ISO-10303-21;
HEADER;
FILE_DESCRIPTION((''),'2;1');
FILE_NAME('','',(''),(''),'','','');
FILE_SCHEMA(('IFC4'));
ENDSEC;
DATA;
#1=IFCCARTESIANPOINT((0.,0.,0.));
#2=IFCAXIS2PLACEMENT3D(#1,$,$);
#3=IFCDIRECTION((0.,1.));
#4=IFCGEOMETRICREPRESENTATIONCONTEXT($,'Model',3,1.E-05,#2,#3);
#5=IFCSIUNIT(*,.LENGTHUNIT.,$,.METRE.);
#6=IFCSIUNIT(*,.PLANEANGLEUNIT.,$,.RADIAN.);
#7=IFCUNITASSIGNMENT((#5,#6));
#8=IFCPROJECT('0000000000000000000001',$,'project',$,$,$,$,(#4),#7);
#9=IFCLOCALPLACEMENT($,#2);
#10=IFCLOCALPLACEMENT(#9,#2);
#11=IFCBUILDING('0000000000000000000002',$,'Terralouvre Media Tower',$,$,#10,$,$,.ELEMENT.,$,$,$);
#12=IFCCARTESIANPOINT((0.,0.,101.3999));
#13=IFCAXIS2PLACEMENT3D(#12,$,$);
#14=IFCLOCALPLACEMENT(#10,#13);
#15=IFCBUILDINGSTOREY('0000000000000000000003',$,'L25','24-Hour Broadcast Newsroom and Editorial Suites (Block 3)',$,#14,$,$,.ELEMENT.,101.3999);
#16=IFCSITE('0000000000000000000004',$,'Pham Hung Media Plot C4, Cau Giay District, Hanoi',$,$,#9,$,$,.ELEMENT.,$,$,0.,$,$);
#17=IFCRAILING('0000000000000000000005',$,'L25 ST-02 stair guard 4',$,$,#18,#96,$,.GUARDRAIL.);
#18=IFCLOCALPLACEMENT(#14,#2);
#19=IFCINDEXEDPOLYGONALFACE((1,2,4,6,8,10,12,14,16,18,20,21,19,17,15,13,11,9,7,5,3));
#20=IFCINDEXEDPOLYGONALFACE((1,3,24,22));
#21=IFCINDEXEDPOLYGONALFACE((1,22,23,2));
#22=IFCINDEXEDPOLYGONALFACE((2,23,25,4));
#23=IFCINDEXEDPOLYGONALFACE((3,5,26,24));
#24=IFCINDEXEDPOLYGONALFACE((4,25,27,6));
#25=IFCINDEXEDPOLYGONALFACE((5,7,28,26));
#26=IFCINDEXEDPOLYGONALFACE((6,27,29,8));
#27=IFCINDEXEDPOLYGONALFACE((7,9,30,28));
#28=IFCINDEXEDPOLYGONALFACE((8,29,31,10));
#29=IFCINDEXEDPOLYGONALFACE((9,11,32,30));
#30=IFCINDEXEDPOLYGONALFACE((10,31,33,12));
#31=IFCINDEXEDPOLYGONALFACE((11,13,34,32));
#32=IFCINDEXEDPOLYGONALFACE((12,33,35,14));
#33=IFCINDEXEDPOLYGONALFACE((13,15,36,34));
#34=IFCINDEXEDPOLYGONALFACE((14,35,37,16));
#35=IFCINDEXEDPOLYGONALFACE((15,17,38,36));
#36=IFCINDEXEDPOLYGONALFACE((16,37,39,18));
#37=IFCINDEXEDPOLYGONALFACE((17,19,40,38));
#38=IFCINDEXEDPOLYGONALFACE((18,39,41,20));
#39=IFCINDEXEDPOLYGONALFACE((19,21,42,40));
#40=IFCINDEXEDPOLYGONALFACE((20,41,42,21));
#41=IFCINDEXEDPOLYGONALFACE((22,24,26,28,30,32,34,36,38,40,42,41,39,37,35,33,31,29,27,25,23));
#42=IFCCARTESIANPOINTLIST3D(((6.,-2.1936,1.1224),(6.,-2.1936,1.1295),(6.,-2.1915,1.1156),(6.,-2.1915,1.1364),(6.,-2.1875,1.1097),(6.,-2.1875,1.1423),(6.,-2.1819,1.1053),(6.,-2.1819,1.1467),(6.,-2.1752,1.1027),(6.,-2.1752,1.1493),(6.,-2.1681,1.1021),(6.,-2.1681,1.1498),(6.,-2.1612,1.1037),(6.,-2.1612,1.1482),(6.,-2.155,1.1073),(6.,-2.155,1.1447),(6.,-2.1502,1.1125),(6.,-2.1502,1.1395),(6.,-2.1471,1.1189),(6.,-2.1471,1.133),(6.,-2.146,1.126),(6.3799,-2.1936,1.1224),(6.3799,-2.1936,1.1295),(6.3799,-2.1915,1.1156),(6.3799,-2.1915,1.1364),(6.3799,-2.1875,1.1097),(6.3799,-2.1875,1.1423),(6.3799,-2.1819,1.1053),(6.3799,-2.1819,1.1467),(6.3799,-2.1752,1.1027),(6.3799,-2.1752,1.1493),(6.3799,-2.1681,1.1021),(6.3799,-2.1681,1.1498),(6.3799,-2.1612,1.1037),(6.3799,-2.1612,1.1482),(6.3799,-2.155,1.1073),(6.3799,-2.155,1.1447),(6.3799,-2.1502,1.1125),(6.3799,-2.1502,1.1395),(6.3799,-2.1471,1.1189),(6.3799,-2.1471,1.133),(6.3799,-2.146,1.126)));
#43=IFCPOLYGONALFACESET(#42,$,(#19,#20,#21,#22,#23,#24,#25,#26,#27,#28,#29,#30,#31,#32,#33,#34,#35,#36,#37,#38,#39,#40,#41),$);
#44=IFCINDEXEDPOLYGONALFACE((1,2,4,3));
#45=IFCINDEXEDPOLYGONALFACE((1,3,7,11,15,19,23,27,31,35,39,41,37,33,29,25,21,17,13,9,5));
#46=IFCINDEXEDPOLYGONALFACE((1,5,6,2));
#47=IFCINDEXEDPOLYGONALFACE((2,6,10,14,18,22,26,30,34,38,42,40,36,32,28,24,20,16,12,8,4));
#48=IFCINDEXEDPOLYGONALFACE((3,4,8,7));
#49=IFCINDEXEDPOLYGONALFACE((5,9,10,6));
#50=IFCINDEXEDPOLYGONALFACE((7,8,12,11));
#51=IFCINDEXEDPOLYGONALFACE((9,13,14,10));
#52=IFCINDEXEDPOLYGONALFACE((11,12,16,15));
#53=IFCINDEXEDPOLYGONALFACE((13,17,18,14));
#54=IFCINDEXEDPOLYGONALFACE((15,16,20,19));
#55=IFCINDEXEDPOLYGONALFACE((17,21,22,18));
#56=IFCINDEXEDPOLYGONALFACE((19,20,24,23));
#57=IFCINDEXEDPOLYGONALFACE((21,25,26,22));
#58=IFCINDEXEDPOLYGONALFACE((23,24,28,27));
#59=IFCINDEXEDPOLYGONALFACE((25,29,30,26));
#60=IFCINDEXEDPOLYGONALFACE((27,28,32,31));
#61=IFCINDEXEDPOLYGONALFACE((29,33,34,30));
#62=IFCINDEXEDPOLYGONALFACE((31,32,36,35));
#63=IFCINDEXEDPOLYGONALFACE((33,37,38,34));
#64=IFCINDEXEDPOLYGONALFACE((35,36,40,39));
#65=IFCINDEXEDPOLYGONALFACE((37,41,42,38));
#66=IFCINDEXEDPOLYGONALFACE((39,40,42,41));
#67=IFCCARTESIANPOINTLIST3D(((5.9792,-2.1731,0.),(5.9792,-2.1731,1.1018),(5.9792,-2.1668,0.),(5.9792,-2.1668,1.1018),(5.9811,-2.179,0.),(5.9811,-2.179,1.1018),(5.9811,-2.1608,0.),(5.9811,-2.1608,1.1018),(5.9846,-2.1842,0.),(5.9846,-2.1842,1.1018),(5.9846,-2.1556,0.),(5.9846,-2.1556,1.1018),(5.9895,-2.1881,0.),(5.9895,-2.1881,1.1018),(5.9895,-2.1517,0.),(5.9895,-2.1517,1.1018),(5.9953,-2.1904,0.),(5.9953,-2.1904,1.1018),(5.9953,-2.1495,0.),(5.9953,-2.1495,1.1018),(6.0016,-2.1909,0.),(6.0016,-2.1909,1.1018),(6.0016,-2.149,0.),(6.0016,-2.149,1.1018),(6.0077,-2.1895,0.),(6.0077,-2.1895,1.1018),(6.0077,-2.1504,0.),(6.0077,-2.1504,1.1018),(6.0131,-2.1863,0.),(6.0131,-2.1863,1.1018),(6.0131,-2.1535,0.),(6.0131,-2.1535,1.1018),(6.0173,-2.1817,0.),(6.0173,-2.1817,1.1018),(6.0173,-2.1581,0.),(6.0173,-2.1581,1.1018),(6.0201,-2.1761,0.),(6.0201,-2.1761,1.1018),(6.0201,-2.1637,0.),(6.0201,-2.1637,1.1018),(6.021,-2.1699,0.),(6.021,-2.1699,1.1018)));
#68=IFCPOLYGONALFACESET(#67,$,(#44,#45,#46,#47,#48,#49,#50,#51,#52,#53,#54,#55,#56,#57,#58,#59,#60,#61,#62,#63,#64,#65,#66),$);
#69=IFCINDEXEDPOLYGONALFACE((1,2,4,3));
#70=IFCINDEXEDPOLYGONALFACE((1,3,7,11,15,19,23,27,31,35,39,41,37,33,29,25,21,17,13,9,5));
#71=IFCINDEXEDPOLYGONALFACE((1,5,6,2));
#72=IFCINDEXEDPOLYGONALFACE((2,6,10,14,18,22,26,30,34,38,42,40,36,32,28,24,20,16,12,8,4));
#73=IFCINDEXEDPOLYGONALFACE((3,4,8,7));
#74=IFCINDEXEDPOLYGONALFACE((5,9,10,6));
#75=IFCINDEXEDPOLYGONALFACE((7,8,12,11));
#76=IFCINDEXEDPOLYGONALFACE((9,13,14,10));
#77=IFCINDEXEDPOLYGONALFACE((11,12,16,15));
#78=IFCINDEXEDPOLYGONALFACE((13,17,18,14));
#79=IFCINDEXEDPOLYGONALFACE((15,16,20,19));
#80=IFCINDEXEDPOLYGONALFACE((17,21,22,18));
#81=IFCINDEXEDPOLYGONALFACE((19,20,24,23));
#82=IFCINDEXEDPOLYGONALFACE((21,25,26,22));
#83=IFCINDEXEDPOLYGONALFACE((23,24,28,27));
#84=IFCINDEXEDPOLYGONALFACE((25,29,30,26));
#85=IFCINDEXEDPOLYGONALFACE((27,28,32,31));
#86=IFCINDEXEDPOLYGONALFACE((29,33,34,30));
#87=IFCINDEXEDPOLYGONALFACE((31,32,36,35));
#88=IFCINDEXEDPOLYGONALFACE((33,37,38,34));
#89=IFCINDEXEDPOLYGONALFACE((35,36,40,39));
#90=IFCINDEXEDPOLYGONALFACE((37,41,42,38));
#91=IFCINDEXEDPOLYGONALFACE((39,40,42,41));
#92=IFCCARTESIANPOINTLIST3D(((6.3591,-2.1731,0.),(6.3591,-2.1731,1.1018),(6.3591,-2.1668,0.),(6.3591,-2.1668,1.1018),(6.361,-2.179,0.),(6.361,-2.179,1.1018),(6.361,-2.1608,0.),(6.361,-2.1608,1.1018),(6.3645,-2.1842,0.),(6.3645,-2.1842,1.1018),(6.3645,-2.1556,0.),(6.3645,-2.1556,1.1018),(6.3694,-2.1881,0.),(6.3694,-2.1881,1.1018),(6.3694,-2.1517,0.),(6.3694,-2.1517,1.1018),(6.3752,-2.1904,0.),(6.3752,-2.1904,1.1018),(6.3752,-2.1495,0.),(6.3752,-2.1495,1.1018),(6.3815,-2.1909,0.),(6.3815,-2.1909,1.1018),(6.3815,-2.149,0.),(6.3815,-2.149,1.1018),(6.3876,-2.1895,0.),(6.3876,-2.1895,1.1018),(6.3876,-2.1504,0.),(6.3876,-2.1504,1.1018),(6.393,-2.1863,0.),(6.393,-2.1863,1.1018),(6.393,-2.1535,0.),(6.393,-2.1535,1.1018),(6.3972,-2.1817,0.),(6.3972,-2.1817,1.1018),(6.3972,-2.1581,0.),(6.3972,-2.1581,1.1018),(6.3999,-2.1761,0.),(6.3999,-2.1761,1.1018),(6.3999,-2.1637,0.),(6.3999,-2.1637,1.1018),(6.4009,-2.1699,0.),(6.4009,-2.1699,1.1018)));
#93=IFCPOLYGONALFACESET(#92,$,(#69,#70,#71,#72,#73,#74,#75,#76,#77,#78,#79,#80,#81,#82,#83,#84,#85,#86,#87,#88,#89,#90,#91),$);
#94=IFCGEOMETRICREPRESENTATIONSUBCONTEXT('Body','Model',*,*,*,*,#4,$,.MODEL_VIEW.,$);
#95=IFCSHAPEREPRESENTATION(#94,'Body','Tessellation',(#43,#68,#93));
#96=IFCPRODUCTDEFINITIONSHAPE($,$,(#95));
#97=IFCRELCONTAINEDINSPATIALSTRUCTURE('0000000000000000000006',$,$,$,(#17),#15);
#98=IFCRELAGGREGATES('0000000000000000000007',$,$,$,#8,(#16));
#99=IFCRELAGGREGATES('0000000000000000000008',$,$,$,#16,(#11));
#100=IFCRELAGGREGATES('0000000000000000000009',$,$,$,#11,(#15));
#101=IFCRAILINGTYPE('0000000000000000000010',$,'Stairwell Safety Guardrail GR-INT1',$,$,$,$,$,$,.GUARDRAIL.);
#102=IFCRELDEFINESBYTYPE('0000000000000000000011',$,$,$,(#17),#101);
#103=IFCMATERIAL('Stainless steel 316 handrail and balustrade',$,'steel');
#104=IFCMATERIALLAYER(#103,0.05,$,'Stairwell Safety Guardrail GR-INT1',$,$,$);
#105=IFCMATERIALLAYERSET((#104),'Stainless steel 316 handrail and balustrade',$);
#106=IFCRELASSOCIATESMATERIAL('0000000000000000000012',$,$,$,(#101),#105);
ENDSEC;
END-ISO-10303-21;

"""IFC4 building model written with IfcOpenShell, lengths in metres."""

from ifc_helpers import new_model, si_unit, direction, frame, origin, origin_2d, place, context, subcontext, project, spatial, circle, extrude, material, layer, layer_set, type_object, element, save


model = new_model("IFC4")

# Units and contexts
model_context = context("Model", 3, precision=1e-05, world=origin(), true_north=direction((0.0, 1.0)))
body_context = subcontext(model_context, "Body", "Model", "MODEL_VIEW")
ifc_project = project(units=[si_unit("LENGTHUNIT", "METRE"), si_unit("PLANEANGLEUNIT", "RADIAN")], contexts=[model_context])

# Site, building, storey
site_placement = place(None, origin())
site = spatial("IfcSite", under=ifc_project, at=site_placement, Name="Pham Hung Media Plot C4, Cau Giay District, Hanoi", CompositionType="ELEMENT", RefElevation=0.0)
building_placement = place(site_placement, origin())
building = spatial("IfcBuilding", under=site, at=building_placement, Name="Terralouvre Media Tower", CompositionType="ELEMENT")
storey_placement = place(building_placement, frame((0.0, 0.0, 101.3999)))
storey = spatial("IfcBuildingStorey", under=building, at=storey_placement, Name="L25", Description="24-Hour Broadcast Newsroom and Editorial Suites (Block 3)", CompositionType="ELEMENT", Elevation=101.3999)

# Railing
ifc_material_1 = material(Name="Stainless steel 316 handrail and balustrade", Category="steel")
ifc_layer_1 = layer(ifc_material_1, 0.05, Name="Stairwell Safety Guardrail GR-INT1")
ifc_layer_set_1 = layer_set([ifc_layer_1], Name="Stainless steel 316 handrail and balustrade")
railing_type_1 = type_object("IfcRailingType", Name="Stairwell Safety Guardrail GR-INT1", PredefinedType="GUARDRAIL", material=ifc_layer_set_1)
railing_1_placement = place(storey_placement, frame((6.0, -2.1699, 0.0)))
element("IfcRailing", 1, at=railing_1_placement, inside=storey, type_object=railing_type_1, Name="L25 ST-02 stair guard 4", PredefinedType="GUARDRAIL", context=body_context, shape_type="SweptSolid", body=[
    extrude(circle(Radius=0.0239, at=origin_2d()), frame((0.0, 0.0, 1.126), z_axis=(1.0, 0.0, 0.0), x_axis=(0.0, 1.0, 0.0)), (0.0, 0.0, 1.0), 0.3799),
    extrude(circle(Radius=0.021, at=origin_2d()), origin(), (0.0, 0.0, 1.0), 1.1018),
    extrude(circle(Radius=0.021, at=origin_2d()), frame((0.3799, 0.0, 0.0)), (0.0, 0.0, 1.0), 1.1018),
])

save(model, "model.ifc")
